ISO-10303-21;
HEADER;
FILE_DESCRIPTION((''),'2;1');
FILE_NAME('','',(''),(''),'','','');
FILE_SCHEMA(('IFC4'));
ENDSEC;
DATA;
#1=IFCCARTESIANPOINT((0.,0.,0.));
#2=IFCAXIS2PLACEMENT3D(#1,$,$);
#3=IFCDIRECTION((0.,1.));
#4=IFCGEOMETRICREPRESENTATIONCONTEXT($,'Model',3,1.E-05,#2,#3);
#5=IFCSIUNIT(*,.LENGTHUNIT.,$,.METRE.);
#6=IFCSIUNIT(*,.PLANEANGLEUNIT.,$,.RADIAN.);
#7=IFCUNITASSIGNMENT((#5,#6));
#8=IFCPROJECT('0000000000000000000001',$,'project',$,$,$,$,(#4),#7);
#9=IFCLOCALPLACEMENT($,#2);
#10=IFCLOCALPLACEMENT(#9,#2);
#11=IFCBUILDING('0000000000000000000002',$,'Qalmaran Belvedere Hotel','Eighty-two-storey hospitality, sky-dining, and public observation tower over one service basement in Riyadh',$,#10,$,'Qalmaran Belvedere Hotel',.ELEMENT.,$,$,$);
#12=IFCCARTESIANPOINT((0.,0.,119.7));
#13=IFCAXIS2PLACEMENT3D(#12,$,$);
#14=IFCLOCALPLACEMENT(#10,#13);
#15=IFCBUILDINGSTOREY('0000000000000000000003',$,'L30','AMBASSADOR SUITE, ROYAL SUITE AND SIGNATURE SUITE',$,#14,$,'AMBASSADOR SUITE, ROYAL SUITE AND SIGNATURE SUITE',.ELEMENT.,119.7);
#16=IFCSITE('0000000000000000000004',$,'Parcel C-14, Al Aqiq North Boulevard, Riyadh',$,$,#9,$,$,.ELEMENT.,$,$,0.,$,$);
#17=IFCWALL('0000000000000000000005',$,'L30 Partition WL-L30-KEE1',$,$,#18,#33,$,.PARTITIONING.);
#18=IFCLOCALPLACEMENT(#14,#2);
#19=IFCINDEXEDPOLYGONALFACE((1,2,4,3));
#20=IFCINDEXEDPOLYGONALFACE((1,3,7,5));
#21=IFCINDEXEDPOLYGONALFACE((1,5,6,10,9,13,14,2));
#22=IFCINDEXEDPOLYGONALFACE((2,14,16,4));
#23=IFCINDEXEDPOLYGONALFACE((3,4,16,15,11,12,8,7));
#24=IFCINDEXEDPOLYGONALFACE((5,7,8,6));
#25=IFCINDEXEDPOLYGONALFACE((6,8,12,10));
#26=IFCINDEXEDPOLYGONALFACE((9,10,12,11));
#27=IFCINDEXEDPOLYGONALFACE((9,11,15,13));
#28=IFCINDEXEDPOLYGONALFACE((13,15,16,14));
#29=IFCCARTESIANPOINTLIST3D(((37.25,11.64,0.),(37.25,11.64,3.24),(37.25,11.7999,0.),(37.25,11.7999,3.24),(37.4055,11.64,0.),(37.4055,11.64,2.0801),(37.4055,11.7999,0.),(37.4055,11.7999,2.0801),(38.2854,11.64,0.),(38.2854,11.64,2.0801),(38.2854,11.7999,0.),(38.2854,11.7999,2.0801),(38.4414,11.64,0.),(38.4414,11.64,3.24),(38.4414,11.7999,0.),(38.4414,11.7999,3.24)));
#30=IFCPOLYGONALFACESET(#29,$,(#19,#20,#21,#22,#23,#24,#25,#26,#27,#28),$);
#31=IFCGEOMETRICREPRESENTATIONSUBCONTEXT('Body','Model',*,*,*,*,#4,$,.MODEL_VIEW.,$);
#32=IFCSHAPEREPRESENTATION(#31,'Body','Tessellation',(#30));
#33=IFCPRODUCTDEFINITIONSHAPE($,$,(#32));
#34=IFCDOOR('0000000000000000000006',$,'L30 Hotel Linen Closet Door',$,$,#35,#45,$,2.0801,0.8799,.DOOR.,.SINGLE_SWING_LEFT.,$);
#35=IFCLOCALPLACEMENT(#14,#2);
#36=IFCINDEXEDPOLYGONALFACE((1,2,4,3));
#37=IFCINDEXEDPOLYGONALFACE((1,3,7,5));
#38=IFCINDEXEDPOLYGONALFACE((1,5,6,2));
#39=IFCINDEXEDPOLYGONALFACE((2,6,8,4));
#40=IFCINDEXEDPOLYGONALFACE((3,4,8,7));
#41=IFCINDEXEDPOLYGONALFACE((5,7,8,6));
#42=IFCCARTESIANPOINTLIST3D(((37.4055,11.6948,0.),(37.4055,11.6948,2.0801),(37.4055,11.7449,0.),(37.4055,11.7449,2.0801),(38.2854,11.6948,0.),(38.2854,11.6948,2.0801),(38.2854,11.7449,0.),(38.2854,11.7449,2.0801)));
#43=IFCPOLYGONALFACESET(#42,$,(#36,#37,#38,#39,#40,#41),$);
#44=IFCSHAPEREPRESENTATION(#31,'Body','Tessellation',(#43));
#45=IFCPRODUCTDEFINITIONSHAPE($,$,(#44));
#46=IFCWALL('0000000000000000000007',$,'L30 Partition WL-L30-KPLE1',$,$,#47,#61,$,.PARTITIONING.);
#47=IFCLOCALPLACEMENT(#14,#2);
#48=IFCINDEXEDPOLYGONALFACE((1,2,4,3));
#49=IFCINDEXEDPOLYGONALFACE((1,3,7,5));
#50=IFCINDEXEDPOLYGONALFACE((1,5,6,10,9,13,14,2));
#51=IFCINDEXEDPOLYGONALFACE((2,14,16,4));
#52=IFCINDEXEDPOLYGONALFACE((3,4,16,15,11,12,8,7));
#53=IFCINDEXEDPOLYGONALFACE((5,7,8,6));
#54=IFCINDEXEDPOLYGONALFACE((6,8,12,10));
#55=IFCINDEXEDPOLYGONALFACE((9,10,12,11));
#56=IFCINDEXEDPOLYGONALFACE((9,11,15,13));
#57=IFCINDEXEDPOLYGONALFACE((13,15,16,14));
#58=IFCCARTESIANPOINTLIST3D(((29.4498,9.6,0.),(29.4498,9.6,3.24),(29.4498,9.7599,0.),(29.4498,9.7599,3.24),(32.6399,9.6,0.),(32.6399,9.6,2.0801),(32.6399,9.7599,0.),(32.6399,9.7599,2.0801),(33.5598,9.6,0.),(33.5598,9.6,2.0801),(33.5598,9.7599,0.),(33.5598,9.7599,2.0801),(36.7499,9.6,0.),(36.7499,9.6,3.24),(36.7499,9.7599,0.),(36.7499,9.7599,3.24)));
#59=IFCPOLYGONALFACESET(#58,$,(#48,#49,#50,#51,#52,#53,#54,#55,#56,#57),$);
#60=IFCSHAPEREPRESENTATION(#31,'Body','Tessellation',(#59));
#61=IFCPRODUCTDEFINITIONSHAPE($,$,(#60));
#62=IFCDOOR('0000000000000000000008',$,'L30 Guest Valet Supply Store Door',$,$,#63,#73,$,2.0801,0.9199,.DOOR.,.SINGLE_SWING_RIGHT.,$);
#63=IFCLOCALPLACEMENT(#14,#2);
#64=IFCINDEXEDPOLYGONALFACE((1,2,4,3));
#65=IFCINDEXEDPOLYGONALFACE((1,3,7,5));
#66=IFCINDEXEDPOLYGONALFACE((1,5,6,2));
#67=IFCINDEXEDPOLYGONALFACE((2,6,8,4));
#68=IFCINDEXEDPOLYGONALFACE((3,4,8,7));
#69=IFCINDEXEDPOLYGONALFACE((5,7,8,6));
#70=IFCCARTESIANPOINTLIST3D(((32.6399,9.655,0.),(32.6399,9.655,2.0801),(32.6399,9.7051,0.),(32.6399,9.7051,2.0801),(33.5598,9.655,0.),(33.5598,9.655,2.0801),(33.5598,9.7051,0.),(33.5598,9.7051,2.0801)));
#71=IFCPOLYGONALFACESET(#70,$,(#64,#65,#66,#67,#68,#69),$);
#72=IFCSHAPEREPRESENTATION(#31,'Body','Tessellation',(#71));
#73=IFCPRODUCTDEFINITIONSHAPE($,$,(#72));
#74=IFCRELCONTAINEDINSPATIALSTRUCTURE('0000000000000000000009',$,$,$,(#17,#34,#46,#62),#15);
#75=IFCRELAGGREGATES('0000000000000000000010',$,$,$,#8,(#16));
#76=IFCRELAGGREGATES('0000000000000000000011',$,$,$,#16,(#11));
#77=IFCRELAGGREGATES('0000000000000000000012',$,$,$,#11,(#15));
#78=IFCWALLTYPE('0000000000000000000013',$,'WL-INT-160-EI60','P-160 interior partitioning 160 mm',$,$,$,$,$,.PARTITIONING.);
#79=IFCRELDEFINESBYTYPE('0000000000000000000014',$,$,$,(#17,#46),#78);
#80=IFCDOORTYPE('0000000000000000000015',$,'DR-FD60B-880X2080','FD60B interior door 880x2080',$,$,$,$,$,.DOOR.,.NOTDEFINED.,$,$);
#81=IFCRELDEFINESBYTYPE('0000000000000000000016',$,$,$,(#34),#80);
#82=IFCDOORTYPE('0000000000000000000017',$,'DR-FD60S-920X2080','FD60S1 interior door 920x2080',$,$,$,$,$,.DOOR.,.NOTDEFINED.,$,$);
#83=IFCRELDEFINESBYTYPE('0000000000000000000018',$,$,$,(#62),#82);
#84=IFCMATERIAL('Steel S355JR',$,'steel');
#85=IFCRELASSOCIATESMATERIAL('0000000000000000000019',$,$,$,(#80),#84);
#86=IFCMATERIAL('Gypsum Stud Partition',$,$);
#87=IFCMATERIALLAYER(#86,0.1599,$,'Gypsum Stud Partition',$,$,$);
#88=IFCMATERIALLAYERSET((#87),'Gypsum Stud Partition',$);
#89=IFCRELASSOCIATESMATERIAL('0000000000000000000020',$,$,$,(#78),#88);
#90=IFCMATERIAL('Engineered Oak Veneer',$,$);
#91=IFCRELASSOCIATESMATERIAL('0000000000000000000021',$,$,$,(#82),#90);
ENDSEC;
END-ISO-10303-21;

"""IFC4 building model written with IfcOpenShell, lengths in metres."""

from ifc_helpers import new_model, si_unit, direction, frame, frame_2d, origin, place, context, subcontext, project, spatial, rectangle, extrude, material, layer, layer_set, type_object, element, fill, save


model = new_model("IFC4")

# Units and contexts
model_context = context("Model", 3, precision=1e-05, world=origin(), true_north=direction((0.0, 1.0)))
body_context = subcontext(model_context, "Body", "Model", "MODEL_VIEW")
ifc_project = project(units=[si_unit("LENGTHUNIT", "METRE"), si_unit("PLANEANGLEUNIT", "RADIAN")], contexts=[model_context])

# Site, building, storey
site_placement = place(None, origin())
site = spatial("IfcSite", under=ifc_project, at=site_placement, Name="Parcel C-14, Al Aqiq North Boulevard, Riyadh", CompositionType="ELEMENT", RefElevation=0.0)
building_placement = place(site_placement, origin())
building = spatial("IfcBuilding", under=site, at=building_placement, Name="Qalmaran Belvedere Hotel", Description="Eighty-two-storey hospitality, sky-dining, and public observation tower over one service basement in Riyadh", LongName="Qalmaran Belvedere Hotel", CompositionType="ELEMENT")
storey_placement = place(building_placement, frame((0.0, 0.0, 119.7)))
storey = spatial("IfcBuildingStorey", under=building, at=storey_placement, Name="L30", Description="AMBASSADOR SUITE, ROYAL SUITE AND SIGNATURE SUITE", LongName="AMBASSADOR SUITE, ROYAL SUITE AND SIGNATURE SUITE", CompositionType="ELEMENT", Elevation=119.7)

# Shared definitions
ifc_material_1 = material(Name="Steel S355JR", Category="steel")

# Shared definitions
ifc_material_2 = material(Name="Gypsum Stud Partition")

# Shared definitions
door_type_1 = type_object("IfcDoorType", Name="DR-FD60B-880X2080", Description="FD60B interior door 880x2080", OperationType="NOTDEFINED", PredefinedType="DOOR", material=ifc_material_1)

# Walls, openings, doors
ifc_layer_1 = layer(ifc_material_2, 0.1599, Name="Gypsum Stud Partition")
ifc_layer_set_1 = layer_set([ifc_layer_1], Name="Gypsum Stud Partition")
wall_type_1 = type_object("IfcWallType", Name="WL-INT-160-EI60", Description="P-160 interior partitioning 160 mm", PredefinedType="PARTITIONING", material=ifc_layer_set_1)
wall_1_placement = place(storey_placement, frame((37.25, 11.72, 0.0), z_axis=(0.0, 0.0, 1.0), x_axis=(1.0, 0.0, 0.0)))
wall_1 = element("IfcWall", 1, at=wall_1_placement, inside=storey, type_object=wall_type_1, Name="L30 Partition WL-L30-KEE1", PredefinedType="PARTITIONING", context=body_context, shape_type="SweptSolid", body=[
    extrude(rectangle(XDim=1.1914, YDim=0.1599, at=frame_2d((0.5957, 0.0))), origin(), (0.0, 0.0, 1.0), 3.24),
])
opening_1_placement = place(wall_1_placement, frame((0.1555, 0.0, 0.0)))
opening_1 = element("IfcOpeningElement", 2, at=opening_1_placement, cuts=wall_1, PredefinedType="OPENING", context=body_context, shape_type="SweptSolid", body=[
    extrude(rectangle(XDim=0.8799, YDim=2.0801, at=frame_2d((0.4399, 1.04))), frame((0.0, 0.0898, 0.0), z_axis=(0.0, -1.0, 0.0), x_axis=(1.0, 0.0, 0.0)), (0.0, 0.0, 1.0), 0.1799),
])
door_1_placement = place(opening_1_placement, origin())
door_1 = element("IfcDoor", 3, at=door_1_placement, inside=storey, type_object=door_type_1, Name="L30 Hotel Linen Closet Door", OperationType="SINGLE_SWING_LEFT", OverallHeight=2.0801, OverallWidth=0.8799, PredefinedType="DOOR", context=body_context, shape_type="SweptSolid", body=[
    extrude(rectangle(XDim=0.8799, YDim=2.0801, at=frame_2d((0.4399, 1.04))), frame((0.0, 0.0249, 0.0), z_axis=(0.0, -1.0, 0.0), x_axis=(1.0, 0.0, 0.0)), (0.0, 0.0, 1.0), 0.05),
])
fill(opening_1, door_1)
wall_2_placement = place(storey_placement, frame((29.45, 9.6799, 0.0), z_axis=(0.0, 0.0, 1.0), x_axis=(1.0, 0.0, 0.0)))
wall_2 = element("IfcWall", 4, at=wall_2_placement, inside=storey, type_object=wall_type_1, Name="L30 Partition WL-L30-KPLE1", PredefinedType="PARTITIONING", context=body_context, shape_type="SweptSolid", body=[
    extrude(rectangle(XDim=7.3, YDim=0.1599, at=frame_2d((3.6499, 0.0))), origin(), (0.0, 0.0, 1.0), 3.24),
])
opening_2_placement = place(wall_2_placement, frame((4.1099, 0.0, 0.0), z_axis=(0.0, 0.0, 1.0), x_axis=(-1.0, 0.0, 0.0)))
opening_2 = element("IfcOpeningElement", 5, at=opening_2_placement, cuts=wall_2, PredefinedType="OPENING", context=body_context, shape_type="SweptSolid", body=[
    extrude(rectangle(XDim=0.9199, YDim=2.0801, at=frame_2d((0.46, 1.04))), frame((0.0, 0.0898, 0.0), z_axis=(0.0, -1.0, 0.0), x_axis=(1.0, 0.0, 0.0)), (0.0, 0.0, 1.0), 0.1799),
])
ifc_material_3 = material(Name="Engineered Oak Veneer")
door_type_2 = type_object("IfcDoorType", Name="DR-FD60S-920X2080", Description="FD60S1 interior door 920x2080", OperationType="NOTDEFINED", PredefinedType="DOOR", material=ifc_material_3)
door_2_placement = place(opening_2_placement, origin())
door_2 = element("IfcDoor", 6, at=door_2_placement, inside=storey, type_object=door_type_2, Name="L30 Guest Valet Supply Store Door", OperationType="SINGLE_SWING_RIGHT", OverallHeight=2.0801, OverallWidth=0.9199, PredefinedType="DOOR", context=body_context, shape_type="SweptSolid", body=[
    extrude(rectangle(XDim=0.9199, YDim=2.0801, at=frame_2d((0.46, 1.04))), frame((0.0, 0.0249, 0.0), z_axis=(0.0, -1.0, 0.0), x_axis=(1.0, 0.0, 0.0)), (0.0, 0.0, 1.0), 0.05),
])
fill(opening_2, door_2)

save(model, "model.ifc")
